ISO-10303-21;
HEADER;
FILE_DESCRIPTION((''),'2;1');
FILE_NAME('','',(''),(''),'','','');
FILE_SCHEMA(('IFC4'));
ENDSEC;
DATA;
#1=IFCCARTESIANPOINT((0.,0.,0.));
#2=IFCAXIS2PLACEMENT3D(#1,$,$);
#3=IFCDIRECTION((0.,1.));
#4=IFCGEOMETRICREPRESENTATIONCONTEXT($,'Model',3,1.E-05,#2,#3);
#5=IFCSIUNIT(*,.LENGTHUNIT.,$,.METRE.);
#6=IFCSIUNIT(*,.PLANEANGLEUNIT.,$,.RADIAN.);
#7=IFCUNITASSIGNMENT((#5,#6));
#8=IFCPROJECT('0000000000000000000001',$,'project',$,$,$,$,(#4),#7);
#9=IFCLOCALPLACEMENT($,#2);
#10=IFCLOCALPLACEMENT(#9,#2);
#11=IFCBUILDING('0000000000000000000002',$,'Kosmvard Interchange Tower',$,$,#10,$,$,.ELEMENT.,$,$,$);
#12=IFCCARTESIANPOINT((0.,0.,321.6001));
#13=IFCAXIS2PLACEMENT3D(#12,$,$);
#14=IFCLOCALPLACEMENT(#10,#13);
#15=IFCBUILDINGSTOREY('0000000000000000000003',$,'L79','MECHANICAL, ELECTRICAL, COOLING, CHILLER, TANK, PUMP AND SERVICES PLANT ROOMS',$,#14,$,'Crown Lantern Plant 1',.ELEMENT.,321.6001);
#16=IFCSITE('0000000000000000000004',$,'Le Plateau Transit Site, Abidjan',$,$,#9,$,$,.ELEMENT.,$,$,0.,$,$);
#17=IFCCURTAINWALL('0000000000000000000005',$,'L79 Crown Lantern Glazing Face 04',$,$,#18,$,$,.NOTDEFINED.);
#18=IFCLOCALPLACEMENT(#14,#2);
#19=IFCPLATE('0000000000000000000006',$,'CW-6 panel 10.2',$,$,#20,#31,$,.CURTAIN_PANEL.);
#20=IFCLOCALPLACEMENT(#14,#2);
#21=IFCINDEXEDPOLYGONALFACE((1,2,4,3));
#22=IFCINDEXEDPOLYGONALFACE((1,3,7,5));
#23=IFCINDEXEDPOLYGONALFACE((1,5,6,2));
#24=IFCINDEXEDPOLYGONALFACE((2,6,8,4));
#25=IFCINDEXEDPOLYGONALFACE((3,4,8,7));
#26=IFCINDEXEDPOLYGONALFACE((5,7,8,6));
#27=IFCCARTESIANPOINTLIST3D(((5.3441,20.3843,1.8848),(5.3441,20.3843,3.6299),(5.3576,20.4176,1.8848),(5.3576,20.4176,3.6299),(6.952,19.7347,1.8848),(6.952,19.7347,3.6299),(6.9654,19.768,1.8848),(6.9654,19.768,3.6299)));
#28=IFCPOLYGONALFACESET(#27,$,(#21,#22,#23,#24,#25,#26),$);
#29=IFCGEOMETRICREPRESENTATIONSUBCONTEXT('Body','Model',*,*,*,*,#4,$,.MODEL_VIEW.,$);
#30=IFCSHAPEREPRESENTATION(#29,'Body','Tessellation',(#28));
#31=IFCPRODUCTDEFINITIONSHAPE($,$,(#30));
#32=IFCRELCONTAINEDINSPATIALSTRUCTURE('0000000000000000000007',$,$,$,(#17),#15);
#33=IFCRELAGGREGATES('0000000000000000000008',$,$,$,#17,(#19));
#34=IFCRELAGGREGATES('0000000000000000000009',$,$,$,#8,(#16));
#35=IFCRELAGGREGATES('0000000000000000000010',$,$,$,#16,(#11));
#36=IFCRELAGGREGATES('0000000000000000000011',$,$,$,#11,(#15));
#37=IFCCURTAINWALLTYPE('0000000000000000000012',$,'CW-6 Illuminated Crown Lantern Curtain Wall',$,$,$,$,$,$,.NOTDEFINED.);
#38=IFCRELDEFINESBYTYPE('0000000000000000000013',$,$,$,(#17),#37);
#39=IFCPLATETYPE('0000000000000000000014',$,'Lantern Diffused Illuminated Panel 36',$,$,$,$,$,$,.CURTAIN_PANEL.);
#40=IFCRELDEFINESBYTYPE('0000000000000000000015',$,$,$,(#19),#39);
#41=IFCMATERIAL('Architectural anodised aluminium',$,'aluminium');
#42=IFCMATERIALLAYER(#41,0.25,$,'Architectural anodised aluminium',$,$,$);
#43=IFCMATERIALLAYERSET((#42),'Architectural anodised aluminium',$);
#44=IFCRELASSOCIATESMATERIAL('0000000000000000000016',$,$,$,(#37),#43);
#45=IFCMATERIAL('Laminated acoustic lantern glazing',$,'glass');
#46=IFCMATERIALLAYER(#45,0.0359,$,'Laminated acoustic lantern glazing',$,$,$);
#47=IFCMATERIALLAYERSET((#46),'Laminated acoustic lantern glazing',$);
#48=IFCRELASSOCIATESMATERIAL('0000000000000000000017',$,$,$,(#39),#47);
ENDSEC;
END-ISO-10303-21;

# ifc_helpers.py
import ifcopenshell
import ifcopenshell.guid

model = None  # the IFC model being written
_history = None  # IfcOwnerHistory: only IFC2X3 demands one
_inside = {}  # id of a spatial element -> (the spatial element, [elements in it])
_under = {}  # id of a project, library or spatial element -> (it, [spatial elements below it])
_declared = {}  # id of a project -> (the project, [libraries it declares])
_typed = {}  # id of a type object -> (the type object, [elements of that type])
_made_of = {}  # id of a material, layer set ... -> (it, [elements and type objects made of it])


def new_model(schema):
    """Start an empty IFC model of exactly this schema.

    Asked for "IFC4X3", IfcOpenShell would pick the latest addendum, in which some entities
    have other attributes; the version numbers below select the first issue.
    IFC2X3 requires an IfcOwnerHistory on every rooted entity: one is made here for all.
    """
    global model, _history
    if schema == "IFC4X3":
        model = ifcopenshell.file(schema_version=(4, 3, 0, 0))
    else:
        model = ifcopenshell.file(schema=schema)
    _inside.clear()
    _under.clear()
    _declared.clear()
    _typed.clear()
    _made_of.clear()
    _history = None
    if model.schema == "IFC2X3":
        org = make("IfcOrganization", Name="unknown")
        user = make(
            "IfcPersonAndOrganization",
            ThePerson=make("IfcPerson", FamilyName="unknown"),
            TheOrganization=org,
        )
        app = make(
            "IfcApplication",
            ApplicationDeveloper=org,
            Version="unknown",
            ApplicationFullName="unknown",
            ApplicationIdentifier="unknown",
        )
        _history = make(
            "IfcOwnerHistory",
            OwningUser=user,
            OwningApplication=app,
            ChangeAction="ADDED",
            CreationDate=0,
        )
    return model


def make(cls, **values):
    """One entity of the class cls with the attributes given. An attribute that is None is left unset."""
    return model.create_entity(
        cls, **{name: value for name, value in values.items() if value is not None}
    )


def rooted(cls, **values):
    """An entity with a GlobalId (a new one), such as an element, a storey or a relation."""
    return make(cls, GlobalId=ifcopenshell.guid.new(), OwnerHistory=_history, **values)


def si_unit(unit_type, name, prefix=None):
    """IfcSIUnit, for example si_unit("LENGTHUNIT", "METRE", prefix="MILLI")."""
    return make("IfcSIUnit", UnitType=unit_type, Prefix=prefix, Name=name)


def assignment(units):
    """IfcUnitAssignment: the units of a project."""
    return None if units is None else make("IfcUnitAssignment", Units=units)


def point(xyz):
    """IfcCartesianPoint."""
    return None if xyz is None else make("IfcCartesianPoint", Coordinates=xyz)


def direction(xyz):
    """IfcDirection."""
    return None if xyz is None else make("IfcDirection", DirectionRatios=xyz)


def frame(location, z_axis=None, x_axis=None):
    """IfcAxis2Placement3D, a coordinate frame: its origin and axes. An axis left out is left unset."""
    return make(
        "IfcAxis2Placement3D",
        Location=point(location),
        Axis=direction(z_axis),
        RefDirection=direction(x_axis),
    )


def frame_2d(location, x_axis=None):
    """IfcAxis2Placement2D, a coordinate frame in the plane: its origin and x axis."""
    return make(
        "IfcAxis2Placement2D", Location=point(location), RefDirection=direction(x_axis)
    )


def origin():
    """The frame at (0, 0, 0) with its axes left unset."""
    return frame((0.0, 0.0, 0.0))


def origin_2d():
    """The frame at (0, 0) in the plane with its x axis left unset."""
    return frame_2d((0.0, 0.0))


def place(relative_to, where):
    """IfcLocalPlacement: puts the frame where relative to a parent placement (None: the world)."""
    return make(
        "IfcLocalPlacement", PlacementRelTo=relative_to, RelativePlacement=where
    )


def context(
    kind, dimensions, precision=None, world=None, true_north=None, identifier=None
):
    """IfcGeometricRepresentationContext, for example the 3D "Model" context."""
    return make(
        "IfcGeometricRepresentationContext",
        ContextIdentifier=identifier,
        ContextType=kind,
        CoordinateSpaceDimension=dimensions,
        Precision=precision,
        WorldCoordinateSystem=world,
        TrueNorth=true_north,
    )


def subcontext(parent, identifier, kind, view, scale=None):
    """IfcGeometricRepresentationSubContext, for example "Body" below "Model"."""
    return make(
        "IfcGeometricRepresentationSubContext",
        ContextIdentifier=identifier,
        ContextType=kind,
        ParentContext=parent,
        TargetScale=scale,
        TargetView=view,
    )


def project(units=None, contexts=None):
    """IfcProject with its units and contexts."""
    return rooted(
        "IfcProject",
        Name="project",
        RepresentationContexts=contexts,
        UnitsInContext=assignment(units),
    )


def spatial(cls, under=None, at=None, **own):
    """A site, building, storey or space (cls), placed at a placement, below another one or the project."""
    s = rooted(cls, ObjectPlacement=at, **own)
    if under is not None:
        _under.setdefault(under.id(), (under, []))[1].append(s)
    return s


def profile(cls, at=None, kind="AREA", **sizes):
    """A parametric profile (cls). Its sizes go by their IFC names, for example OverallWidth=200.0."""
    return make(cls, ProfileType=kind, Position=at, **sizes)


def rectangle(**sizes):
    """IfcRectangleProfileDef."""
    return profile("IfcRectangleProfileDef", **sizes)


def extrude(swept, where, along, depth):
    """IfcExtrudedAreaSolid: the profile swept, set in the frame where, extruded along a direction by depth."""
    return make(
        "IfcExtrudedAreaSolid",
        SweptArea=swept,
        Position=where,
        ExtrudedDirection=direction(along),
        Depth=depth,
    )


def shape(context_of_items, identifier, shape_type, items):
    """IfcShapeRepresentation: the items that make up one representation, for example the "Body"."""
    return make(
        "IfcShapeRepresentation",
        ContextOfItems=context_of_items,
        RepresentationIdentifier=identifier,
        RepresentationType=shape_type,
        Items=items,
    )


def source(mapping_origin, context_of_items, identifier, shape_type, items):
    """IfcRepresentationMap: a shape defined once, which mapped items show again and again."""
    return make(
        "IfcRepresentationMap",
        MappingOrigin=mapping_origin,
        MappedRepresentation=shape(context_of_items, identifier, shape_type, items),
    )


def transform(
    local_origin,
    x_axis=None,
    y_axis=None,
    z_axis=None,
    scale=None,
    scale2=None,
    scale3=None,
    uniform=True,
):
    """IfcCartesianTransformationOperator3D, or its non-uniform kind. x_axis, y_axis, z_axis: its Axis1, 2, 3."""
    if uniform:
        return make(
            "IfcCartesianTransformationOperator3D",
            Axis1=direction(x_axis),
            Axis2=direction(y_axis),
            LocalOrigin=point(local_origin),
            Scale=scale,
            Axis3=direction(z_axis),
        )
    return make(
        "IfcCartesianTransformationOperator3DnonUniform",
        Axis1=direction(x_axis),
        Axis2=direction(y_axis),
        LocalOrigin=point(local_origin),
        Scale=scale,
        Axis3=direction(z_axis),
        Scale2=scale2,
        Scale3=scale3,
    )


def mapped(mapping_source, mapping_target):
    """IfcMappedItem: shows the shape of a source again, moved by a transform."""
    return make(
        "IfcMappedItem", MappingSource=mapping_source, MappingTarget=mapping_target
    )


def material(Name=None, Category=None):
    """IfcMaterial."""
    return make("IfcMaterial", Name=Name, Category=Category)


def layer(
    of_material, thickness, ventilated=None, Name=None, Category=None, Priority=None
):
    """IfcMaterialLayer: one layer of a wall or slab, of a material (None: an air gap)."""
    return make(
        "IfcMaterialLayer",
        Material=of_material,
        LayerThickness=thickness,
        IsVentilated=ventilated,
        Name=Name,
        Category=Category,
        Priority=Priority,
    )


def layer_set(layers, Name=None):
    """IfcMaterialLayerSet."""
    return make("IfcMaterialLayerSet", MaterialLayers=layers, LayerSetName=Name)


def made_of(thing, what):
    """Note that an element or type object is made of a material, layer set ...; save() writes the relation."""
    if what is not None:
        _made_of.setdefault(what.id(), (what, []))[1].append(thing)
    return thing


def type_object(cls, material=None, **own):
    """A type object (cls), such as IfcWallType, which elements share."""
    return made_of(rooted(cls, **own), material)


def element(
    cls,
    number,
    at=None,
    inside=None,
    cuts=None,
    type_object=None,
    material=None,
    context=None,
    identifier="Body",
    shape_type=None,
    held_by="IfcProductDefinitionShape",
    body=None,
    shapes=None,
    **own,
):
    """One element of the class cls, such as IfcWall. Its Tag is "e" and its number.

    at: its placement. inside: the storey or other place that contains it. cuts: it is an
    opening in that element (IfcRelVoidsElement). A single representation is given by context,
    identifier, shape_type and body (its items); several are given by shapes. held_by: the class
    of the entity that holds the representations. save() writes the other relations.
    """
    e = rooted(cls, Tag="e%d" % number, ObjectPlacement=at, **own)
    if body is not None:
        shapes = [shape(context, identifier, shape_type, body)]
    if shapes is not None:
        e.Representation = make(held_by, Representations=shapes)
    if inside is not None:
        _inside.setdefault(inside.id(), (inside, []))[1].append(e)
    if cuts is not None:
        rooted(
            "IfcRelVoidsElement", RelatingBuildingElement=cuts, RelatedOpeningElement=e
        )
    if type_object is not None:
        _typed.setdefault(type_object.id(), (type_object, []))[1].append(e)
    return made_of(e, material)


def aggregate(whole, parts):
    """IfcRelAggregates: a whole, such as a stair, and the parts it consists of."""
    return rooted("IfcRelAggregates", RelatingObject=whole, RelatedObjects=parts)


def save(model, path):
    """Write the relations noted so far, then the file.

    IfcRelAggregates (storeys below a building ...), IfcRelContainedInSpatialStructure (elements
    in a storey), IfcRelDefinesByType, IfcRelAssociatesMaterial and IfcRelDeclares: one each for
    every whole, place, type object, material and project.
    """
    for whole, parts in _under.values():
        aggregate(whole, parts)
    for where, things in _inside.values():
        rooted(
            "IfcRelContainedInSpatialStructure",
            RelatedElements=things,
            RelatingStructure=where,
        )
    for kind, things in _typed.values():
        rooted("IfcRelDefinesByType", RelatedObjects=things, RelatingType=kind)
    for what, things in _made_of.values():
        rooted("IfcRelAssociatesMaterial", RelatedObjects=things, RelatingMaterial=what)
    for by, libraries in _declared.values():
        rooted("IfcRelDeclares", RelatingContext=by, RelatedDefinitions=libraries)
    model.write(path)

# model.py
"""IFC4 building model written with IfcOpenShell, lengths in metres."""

from ifc_helpers import new_model, si_unit, direction, frame, origin, origin_2d, place, context, subcontext, project, spatial, rectangle, extrude, source, transform, mapped, material, layer, layer_set, type_object, element, aggregate, save


model = new_model("IFC4")

# Units and contexts
model_context = context("Model", 3, precision=1e-05, world=origin(), true_north=direction((0.0, 1.0)))
body_context = subcontext(model_context, "Body", "Model", "MODEL_VIEW")
ifc_project = project(units=[si_unit("LENGTHUNIT", "METRE"), si_unit("PLANEANGLEUNIT", "RADIAN")], contexts=[model_context])

# Site, building, storey
site_placement = place(None, origin())
site = spatial("IfcSite", under=ifc_project, at=site_placement, Name="Le Plateau Transit Site, Abidjan", CompositionType="ELEMENT", RefElevation=0.0)
building_placement = place(site_placement, origin())
building = spatial("IfcBuilding", under=site, at=building_placement, Name="Kosmvard Interchange Tower", CompositionType="ELEMENT")
storey_placement = place(building_placement, frame((0.0, 0.0, 321.6001)))
storey = spatial("IfcBuildingStorey", under=building, at=storey_placement, Name="L79", Description="MECHANICAL, ELECTRICAL, COOLING, CHILLER, TANK, PUMP AND SERVICES PLANT ROOMS", LongName="Crown Lantern Plant 1", CompositionType="ELEMENT", Elevation=321.6001)

# Curtain wall, plate
ifc_material_1 = material(Name="Architectural anodised aluminium", Category="aluminium")
ifc_layer_1 = layer(ifc_material_1, 0.25, Name="Architectural anodised aluminium")
ifc_layer_set_1 = layer_set([ifc_layer_1], Name="Architectural anodised aluminium")
curtain_wall_type = type_object("IfcCurtainWallType", Name="CW-6 Illuminated Crown Lantern Curtain Wall", PredefinedType="NOTDEFINED", material=ifc_layer_set_1)
curtain_wall_placement = place(storey_placement, origin())
curtain_wall = element("IfcCurtainWall", 1, at=curtain_wall_placement, inside=storey, type_object=curtain_wall_type, Name="L79 Crown Lantern Glazing Face 04", PredefinedType="NOTDEFINED")
ifc_material_2 = material(Name="Laminated acoustic lantern glazing", Category="glass")
ifc_layer_2 = layer(ifc_material_2, 0.0359, Name="Laminated acoustic lantern glazing")
ifc_layer_set_2 = layer_set([ifc_layer_2], Name="Laminated acoustic lantern glazing")
plate_type = type_object("IfcPlateType", Name="Lantern Diffused Illuminated Panel 36", PredefinedType="CURTAIN_PANEL", material=ifc_layer_set_2)
shared_shape_1 = source(origin(), body_context, "Body", "SweptSolid", [
    extrude(rectangle(XDim=1.7341, YDim=0.0359, at=origin_2d()), origin(), (0.0, 0.0, 1.0), 1.7451),
])
plate_1_placement = place(storey_placement, frame((6.1548, 20.0762, 1.8848), z_axis=(0.0, 0.0, 1.0), x_axis=(-0.927184, 0.374607, 0.0)))
plate_1 = element("IfcPlate", 2, at=plate_1_placement, type_object=plate_type, Name="CW-6 panel 10.2", PredefinedType="CURTAIN_PANEL", context=body_context, shape_type="MappedRepresentation", body=[
    mapped(shared_shape_1, transform((0.0, 0.0, 0.0), scale=1.0)),
])
aggregate(curtain_wall, [plate_1])

save(model, "model.ifc")
